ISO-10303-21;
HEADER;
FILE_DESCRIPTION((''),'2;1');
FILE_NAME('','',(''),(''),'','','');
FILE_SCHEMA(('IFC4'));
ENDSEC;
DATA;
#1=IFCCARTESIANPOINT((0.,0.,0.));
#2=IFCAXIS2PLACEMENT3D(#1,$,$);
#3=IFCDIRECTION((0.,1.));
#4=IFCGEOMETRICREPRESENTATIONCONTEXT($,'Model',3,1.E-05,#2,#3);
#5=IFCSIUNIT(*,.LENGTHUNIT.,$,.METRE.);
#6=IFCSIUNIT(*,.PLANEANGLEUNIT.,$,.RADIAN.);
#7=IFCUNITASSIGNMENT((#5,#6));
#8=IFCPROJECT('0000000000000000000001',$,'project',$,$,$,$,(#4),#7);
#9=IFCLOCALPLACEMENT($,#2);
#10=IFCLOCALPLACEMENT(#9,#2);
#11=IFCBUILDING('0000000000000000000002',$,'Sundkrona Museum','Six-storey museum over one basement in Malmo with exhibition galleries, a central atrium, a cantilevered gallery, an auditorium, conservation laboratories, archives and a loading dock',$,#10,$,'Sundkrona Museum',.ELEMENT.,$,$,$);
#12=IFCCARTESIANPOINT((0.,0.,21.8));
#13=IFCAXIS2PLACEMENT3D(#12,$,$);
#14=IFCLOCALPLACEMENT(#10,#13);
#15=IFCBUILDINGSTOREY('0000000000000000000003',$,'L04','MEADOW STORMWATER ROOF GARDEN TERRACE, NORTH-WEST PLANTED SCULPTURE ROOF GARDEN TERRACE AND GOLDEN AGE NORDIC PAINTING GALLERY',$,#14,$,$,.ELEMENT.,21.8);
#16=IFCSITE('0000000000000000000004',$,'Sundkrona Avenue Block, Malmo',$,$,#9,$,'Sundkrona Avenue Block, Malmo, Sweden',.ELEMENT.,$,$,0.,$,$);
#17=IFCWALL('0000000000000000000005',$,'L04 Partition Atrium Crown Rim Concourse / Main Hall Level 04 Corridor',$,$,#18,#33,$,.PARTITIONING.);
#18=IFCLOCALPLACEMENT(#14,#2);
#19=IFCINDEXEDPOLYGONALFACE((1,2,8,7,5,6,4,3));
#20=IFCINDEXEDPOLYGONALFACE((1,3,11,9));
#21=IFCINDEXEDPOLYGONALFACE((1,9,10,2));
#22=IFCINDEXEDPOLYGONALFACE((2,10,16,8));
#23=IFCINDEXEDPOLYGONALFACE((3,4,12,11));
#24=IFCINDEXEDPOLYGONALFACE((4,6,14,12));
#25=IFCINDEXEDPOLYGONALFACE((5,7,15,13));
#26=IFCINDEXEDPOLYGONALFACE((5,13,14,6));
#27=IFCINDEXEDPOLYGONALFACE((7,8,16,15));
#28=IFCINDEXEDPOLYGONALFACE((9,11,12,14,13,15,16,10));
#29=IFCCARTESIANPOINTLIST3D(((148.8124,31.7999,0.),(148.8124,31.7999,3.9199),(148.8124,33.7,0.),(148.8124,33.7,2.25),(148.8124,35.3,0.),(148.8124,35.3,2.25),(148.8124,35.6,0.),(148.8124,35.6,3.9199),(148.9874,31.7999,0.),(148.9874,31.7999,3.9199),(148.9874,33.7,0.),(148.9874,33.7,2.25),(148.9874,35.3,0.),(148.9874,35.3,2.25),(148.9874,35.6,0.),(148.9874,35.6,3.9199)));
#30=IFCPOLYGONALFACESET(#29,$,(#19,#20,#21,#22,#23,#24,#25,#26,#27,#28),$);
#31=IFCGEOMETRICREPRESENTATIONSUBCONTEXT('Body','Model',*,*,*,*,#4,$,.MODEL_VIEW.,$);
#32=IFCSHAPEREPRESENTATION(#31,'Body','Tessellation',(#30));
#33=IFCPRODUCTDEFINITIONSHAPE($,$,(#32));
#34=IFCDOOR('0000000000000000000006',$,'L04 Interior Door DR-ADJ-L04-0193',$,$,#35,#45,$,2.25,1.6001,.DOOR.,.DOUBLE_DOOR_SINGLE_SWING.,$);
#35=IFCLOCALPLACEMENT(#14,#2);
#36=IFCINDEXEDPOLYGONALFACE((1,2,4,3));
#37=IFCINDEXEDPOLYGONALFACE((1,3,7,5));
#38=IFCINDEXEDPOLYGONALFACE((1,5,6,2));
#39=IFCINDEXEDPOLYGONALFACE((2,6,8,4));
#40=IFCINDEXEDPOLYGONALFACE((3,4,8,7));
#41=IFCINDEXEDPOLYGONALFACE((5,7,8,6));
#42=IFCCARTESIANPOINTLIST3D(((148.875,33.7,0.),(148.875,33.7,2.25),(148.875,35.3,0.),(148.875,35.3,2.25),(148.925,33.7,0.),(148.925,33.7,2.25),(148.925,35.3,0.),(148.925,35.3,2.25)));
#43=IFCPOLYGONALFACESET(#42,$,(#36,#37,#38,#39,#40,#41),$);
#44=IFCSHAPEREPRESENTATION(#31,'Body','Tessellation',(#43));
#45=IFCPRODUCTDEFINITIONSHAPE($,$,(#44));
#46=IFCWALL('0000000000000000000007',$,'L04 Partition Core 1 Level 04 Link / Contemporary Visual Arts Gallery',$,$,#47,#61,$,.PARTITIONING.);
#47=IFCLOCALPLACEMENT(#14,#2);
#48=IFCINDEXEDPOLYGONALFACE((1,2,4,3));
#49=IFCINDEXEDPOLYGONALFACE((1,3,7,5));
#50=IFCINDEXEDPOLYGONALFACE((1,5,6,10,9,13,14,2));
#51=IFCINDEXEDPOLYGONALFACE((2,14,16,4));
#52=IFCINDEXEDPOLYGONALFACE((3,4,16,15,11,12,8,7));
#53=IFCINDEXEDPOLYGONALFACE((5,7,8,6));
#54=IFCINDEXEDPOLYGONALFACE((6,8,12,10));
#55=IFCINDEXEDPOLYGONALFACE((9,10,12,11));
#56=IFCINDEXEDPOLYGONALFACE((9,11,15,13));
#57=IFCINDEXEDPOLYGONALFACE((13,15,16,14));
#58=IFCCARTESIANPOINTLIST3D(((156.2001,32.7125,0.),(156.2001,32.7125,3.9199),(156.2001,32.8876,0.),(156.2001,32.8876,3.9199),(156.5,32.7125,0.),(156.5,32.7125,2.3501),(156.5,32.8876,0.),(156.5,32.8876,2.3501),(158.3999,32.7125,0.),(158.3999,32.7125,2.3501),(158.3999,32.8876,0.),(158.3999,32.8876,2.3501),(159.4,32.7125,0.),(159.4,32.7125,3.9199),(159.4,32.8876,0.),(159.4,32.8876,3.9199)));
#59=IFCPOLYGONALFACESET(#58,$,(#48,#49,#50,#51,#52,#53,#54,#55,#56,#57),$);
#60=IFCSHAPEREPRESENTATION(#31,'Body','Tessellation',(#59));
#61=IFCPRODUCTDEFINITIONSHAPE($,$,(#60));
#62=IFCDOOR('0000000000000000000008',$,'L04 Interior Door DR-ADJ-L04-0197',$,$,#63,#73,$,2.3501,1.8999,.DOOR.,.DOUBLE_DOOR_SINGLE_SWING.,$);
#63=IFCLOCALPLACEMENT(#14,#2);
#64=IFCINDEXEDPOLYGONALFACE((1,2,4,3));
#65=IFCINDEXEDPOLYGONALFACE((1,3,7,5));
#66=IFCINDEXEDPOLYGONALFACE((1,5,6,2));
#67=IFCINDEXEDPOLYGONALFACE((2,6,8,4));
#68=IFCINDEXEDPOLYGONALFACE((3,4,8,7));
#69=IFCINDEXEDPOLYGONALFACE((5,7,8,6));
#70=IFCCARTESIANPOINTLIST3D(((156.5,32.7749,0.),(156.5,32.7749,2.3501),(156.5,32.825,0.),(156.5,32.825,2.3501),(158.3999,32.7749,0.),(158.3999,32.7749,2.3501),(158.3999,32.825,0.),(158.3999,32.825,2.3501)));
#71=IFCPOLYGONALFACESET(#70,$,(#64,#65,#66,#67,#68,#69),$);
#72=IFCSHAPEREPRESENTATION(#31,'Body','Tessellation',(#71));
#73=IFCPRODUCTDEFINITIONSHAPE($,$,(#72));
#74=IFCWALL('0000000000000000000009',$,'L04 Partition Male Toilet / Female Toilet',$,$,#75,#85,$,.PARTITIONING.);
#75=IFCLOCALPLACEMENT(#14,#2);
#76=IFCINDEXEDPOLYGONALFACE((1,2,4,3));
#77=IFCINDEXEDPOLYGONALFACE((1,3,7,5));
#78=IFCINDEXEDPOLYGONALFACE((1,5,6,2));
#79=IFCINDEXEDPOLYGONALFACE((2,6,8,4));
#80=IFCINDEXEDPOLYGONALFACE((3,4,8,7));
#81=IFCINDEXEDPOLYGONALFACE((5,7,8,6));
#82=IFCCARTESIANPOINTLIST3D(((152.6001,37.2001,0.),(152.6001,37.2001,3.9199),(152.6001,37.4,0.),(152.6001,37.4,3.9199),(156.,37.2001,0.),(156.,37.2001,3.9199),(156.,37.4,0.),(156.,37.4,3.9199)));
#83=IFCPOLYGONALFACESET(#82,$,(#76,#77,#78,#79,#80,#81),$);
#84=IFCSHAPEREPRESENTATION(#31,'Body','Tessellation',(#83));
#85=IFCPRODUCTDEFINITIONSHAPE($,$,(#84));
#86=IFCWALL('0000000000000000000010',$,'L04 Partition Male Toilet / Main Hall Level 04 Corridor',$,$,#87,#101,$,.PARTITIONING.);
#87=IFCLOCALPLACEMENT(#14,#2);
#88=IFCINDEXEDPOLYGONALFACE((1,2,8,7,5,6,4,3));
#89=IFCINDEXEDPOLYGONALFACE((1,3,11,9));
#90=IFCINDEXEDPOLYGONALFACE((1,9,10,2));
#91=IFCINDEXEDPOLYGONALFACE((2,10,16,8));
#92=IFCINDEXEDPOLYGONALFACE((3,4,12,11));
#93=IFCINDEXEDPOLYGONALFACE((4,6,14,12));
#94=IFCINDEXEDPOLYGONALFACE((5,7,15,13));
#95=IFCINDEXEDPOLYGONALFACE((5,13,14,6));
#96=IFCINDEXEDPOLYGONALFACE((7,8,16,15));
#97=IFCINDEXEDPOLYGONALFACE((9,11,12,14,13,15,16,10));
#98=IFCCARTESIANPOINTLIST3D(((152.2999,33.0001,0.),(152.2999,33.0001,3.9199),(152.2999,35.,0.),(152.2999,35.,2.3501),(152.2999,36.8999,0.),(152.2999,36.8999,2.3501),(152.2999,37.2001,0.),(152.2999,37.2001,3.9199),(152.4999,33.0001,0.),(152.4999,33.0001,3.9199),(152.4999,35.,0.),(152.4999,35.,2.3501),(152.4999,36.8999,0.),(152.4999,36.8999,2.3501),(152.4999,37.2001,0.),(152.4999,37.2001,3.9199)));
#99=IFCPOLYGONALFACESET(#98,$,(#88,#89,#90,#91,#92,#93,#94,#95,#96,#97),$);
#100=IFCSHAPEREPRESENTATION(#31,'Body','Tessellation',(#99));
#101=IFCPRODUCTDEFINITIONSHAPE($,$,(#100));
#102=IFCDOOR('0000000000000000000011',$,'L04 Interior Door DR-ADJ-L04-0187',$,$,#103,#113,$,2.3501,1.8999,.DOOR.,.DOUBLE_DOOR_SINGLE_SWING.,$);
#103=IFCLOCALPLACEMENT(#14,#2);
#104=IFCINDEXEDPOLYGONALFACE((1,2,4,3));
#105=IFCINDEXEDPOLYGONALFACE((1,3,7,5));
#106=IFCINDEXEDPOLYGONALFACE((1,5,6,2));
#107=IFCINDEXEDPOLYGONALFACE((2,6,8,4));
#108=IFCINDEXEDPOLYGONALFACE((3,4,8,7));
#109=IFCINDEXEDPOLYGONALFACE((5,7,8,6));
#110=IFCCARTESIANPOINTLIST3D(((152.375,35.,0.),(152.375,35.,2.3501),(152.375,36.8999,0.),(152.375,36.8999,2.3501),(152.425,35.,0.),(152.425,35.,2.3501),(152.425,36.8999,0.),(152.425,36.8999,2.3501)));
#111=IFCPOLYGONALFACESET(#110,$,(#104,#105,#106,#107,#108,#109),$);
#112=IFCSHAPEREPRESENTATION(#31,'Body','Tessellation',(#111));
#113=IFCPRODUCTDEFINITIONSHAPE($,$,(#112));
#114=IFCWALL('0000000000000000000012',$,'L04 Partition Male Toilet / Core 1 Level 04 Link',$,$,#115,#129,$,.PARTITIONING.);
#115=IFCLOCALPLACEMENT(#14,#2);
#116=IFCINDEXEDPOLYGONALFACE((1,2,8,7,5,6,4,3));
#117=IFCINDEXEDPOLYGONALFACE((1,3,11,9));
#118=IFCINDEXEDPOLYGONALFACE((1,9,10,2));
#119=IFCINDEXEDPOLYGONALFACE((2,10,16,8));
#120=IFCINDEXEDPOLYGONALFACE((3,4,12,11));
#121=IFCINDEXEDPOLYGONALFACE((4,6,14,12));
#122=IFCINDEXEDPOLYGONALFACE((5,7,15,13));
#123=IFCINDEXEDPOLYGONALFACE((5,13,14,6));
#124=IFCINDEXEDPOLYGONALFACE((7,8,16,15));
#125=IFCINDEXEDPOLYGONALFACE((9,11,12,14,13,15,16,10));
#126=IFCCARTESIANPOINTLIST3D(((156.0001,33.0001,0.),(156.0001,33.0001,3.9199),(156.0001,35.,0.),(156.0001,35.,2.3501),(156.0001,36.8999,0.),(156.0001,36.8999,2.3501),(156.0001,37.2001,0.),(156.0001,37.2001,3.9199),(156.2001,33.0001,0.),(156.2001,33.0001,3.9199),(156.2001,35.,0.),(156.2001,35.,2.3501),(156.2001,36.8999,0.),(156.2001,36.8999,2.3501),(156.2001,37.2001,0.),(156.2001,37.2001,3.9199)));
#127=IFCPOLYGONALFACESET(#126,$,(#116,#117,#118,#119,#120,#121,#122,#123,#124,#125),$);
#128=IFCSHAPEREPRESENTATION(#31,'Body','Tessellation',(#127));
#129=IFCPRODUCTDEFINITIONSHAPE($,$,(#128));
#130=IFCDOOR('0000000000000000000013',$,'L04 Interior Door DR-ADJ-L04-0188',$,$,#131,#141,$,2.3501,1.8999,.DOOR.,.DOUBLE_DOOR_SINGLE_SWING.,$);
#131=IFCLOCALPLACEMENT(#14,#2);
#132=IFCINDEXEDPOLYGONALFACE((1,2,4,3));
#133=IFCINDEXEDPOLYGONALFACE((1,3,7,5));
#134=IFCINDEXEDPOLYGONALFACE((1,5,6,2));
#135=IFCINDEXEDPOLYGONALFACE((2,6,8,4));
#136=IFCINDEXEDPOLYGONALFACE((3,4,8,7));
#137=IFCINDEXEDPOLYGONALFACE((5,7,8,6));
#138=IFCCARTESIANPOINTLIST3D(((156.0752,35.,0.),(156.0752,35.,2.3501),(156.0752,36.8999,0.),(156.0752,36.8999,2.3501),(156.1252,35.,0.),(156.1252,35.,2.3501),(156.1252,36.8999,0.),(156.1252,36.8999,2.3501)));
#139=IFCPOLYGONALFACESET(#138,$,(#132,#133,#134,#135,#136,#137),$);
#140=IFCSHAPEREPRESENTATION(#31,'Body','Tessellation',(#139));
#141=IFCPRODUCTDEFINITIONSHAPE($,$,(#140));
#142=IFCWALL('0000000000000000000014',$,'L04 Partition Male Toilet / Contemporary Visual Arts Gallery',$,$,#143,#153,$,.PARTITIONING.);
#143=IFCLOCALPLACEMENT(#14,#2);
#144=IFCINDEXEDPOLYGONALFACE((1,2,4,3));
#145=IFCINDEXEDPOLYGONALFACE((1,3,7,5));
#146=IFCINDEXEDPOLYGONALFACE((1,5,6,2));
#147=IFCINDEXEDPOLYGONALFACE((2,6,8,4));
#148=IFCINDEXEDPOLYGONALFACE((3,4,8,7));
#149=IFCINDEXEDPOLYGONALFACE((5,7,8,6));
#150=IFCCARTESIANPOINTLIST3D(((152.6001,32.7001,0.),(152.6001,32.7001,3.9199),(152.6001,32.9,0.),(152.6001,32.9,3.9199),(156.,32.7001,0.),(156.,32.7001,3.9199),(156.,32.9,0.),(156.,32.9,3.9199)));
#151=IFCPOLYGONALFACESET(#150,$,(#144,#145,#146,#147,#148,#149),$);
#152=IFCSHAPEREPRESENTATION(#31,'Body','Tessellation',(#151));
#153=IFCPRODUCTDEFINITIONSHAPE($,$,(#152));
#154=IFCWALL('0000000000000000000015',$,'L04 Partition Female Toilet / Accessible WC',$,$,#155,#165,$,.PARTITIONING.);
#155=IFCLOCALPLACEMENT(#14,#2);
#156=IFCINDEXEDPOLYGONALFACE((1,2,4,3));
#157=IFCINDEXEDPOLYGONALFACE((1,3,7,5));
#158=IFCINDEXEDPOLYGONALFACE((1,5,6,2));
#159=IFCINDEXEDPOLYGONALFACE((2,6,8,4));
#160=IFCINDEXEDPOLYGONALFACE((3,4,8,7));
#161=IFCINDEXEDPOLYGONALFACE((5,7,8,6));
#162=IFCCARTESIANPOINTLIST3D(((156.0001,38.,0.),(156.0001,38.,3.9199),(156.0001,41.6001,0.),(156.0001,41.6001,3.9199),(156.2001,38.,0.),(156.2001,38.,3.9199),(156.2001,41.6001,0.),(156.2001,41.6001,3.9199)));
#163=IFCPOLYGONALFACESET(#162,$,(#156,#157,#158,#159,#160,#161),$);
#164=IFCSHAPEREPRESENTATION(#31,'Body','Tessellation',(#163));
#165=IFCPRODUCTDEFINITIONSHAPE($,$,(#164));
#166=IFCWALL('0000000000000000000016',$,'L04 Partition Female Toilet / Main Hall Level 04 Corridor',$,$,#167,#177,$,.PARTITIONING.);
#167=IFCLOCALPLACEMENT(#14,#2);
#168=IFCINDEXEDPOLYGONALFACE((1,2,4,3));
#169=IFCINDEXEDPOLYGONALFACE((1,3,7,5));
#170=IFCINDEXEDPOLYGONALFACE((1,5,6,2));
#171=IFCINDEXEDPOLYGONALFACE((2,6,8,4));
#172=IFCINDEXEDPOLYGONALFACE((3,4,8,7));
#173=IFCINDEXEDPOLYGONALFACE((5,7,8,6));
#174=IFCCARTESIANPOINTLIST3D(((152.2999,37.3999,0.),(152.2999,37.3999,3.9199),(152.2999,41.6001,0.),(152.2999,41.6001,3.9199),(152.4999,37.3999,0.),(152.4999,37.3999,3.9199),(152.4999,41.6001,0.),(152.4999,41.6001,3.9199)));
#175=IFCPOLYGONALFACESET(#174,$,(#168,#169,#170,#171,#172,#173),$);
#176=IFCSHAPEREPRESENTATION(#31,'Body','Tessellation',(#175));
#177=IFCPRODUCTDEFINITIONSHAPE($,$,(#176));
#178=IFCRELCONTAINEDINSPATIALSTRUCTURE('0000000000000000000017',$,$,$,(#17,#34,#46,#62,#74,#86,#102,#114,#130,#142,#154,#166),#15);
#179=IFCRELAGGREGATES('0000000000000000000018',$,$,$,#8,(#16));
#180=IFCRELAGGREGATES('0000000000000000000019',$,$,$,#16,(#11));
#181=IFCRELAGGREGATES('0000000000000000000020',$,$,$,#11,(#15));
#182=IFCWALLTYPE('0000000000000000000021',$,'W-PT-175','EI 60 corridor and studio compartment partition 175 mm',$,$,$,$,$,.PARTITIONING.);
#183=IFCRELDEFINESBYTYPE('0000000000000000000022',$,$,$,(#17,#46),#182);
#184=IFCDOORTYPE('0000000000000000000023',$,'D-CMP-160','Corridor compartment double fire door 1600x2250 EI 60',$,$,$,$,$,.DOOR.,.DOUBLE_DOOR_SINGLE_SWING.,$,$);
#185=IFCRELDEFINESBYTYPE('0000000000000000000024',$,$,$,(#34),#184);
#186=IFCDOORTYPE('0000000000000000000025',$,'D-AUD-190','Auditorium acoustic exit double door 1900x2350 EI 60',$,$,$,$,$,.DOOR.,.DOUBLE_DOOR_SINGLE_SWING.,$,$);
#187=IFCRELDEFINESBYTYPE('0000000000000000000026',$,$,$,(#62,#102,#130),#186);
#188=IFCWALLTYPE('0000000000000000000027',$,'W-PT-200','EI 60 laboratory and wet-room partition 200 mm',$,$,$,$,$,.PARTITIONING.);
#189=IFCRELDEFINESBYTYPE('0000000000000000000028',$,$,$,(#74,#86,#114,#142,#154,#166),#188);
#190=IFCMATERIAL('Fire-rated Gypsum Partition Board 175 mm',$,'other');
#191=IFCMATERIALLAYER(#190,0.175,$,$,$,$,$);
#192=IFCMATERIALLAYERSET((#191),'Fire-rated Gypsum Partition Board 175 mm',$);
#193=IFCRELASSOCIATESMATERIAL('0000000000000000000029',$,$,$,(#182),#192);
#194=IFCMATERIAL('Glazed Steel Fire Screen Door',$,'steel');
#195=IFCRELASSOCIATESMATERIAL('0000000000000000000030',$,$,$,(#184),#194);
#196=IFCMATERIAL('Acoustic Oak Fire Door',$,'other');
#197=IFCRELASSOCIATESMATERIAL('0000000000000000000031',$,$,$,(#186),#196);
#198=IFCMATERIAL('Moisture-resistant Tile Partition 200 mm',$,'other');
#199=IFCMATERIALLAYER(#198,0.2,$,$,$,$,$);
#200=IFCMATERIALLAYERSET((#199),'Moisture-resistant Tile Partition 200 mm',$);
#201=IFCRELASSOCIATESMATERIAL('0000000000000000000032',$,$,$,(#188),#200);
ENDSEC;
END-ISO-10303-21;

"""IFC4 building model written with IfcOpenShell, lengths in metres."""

from ifc_helpers import new_model, si_unit, direction, frame, frame_2d, origin, place, context, subcontext, project, spatial, rectangle, extrude, material, layer, layer_set, type_object, element, fill, save


model = new_model("IFC4")

# Units and contexts
model_context = context("Model", 3, precision=1e-05, world=origin(), true_north=direction((0.0, 1.0)))
body_context = subcontext(model_context, "Body", "Model", "MODEL_VIEW")
ifc_project = project(units=[si_unit("LENGTHUNIT", "METRE"), si_unit("PLANEANGLEUNIT", "RADIAN")], contexts=[model_context])

# Site, building, storey
site_placement = place(None, origin())
site = spatial("IfcSite", under=ifc_project, at=site_placement, Name="Sundkrona Avenue Block, Malmo", LongName="Sundkrona Avenue Block, Malmo, Sweden", CompositionType="ELEMENT", RefElevation=0.0)
building_placement = place(site_placement, origin())
building = spatial("IfcBuilding", under=site, at=building_placement, Name="Sundkrona Museum", Description="Six-storey museum over one basement in Malmo with exhibition galleries, a central atrium, a cantilevered gallery, an auditorium, conservation laboratories, archives and a loading dock", LongName="Sundkrona Museum", CompositionType="ELEMENT")
storey_placement = place(building_placement, frame((0.0, 0.0, 21.8)))
storey = spatial("IfcBuildingStorey", under=building, at=storey_placement, Name="L04", Description="MEADOW STORMWATER ROOF GARDEN TERRACE, NORTH-WEST PLANTED SCULPTURE ROOF GARDEN TERRACE AND GOLDEN AGE NORDIC PAINTING GALLERY", CompositionType="ELEMENT", Elevation=21.8)

# Walls, openings, doors
ifc_material_1 = material(Name="Fire-rated Gypsum Partition Board 175 mm", Category="other")
ifc_layer_1 = layer(ifc_material_1, 0.175)
ifc_layer_set_1 = layer_set([ifc_layer_1], Name="Fire-rated Gypsum Partition Board 175 mm")
wall_type_1 = type_object("IfcWallType", Name="W-PT-175", Description="EI 60 corridor and studio compartment partition 175 mm", PredefinedType="PARTITIONING", material=ifc_layer_set_1)
ifc_material_2 = material(Name="Glazed Steel Fire Screen Door", Category="steel")
door_type_1 = type_object("IfcDoorType", Name="D-CMP-160", Description="Corridor compartment double fire door 1600x2250 EI 60", OperationType="DOUBLE_DOOR_SINGLE_SWING", PredefinedType="DOOR", material=ifc_material_2)
wall_1_placement = place(storey_placement, frame((148.8999, 31.8, 0.0), z_axis=(0.0, 0.0, 1.0), x_axis=(0.0, 1.0, 0.0)))
wall_1 = element("IfcWall", 1, at=wall_1_placement, inside=storey, type_object=wall_type_1, Name="L04 Partition Atrium Crown Rim Concourse / Main Hall Level 04 Corridor", PredefinedType="PARTITIONING", context=body_context, shape_type="SweptSolid", body=[
    extrude(rectangle(XDim=3.8, YDim=0.175, at=frame_2d((1.8999, 0.0))), origin(), (0.0, 0.0, 1.0), 3.9199),
])
opening_1_placement = place(wall_1_placement, frame((1.8999, 0.0, 0.0)))
opening_1 = element("IfcOpeningElement", 2, at=opening_1_placement, cuts=wall_1, PredefinedType="OPENING", context=body_context, shape_type="SweptSolid", body=[
    extrude(rectangle(XDim=1.6001, YDim=2.25, at=frame_2d((0.8, 1.125))), frame((0.0, 0.0974, 0.0), z_axis=(0.0, -1.0, 0.0), x_axis=(1.0, 0.0, 0.0)), (0.0, 0.0, 1.0), 0.1951),
])
door_1_placement = place(opening_1_placement, origin())
door_1 = element("IfcDoor", 3, at=door_1_placement, inside=storey, type_object=door_type_1, Name="L04 Interior Door DR-ADJ-L04-0193", OperationType="DOUBLE_DOOR_SINGLE_SWING", OverallHeight=2.25, OverallWidth=1.6001, PredefinedType="DOOR", context=body_context, shape_type="SweptSolid", body=[
    extrude(rectangle(XDim=1.6001, YDim=2.25, at=frame_2d((0.8, 1.125))), frame((0.0, 0.0249, 0.0), z_axis=(0.0, -1.0, 0.0), x_axis=(1.0, 0.0, 0.0)), (0.0, 0.0, 1.0), 0.05),
])
fill(opening_1, door_1)
wall_2_placement = place(storey_placement, frame((156.2, 32.8, 0.0), z_axis=(0.0, 0.0, 1.0), x_axis=(1.0, 0.0, 0.0)))
wall_2 = element("IfcWall", 4, at=wall_2_placement, inside=storey, type_object=wall_type_1, Name="L04 Partition Core 1 Level 04 Link / Contemporary Visual Arts Gallery", PredefinedType="PARTITIONING", context=body_context, shape_type="SweptSolid", body=[
    extrude(rectangle(XDim=3.2, YDim=0.175, at=frame_2d((1.6001, 0.0))), origin(), (0.0, 0.0, 1.0), 3.9199),
])
opening_2_placement = place(wall_2_placement, frame((0.3, 0.0, 0.0)))
opening_2 = element("IfcOpeningElement", 5, at=opening_2_placement, cuts=wall_2, PredefinedType="OPENING", context=body_context, shape_type="SweptSolid", body=[
    extrude(rectangle(XDim=1.8999, YDim=2.3501, at=frame_2d((0.95, 1.175))), frame((0.0, 0.0974, 0.0), z_axis=(0.0, -1.0, 0.0), x_axis=(1.0, 0.0, 0.0)), (0.0, 0.0, 1.0), 0.1951),
])
ifc_material_3 = material(Name="Acoustic Oak Fire Door", Category="other")
door_type_2 = type_object("IfcDoorType", Name="D-AUD-190", Description="Auditorium acoustic exit double door 1900x2350 EI 60", OperationType="DOUBLE_DOOR_SINGLE_SWING", PredefinedType="DOOR", material=ifc_material_3)
door_2_placement = place(opening_2_placement, origin())
door_2 = element("IfcDoor", 6, at=door_2_placement, inside=storey, type_object=door_type_2, Name="L04 Interior Door DR-ADJ-L04-0197", OperationType="DOUBLE_DOOR_SINGLE_SWING", OverallHeight=2.3501, OverallWidth=1.8999, PredefinedType="DOOR", context=body_context, shape_type="SweptSolid", body=[
    extrude(rectangle(XDim=1.8999, YDim=2.3501, at=frame_2d((0.95, 1.175))), frame((0.0, 0.0249, 0.0), z_axis=(0.0, -1.0, 0.0), x_axis=(1.0, 0.0, 0.0)), (0.0, 0.0, 1.0), 0.05),
])
fill(opening_2, door_2)

# Wall
ifc_material_4 = material(Name="Moisture-resistant Tile Partition 200 mm", Category="other")
ifc_layer_2 = layer(ifc_material_4, 0.2)
ifc_layer_set_2 = layer_set([ifc_layer_2], Name="Moisture-resistant Tile Partition 200 mm")
wall_type_2 = type_object("IfcWallType", Name="W-PT-200", Description="EI 60 laboratory and wet-room partition 200 mm", PredefinedType="PARTITIONING", material=ifc_layer_set_2)
wall_3_placement = place(storey_placement, frame((152.6001, 37.3, 0.0), z_axis=(0.0, 0.0, 1.0), x_axis=(1.0, 0.0, 0.0)))
element("IfcWall", 7, at=wall_3_placement, inside=storey, type_object=wall_type_2, Name="L04 Partition Male Toilet / Female Toilet", PredefinedType="PARTITIONING", context=body_context, shape_type="SweptSolid", body=[
    extrude(rectangle(XDim=3.3999, YDim=0.2, at=frame_2d((1.7, 0.0))), origin(), (0.0, 0.0, 1.0), 3.9199),
])

# Walls, openings, doors
wall_4_placement = place(storey_placement, frame((152.3999, 33.0, 0.0), z_axis=(0.0, 0.0, 1.0), x_axis=(0.0, 1.0, 0.0)))
wall_4 = element("IfcWall", 8, at=wall_4_placement, inside=storey, type_object=wall_type_2, Name="L04 Partition Male Toilet / Main Hall Level 04 Corridor", PredefinedType="PARTITIONING", context=body_context, shape_type="SweptSolid", body=[
    extrude(rectangle(XDim=4.2, YDim=0.2, at=frame_2d((2.1001, 0.0))), origin(), (0.0, 0.0, 1.0), 3.9199),
])
opening_3_placement = place(wall_4_placement, frame((2.0, 0.0, 0.0)))
opening_3 = element("IfcOpeningElement", 9, at=opening_3_placement, cuts=wall_4, PredefinedType="OPENING", context=body_context, shape_type="SweptSolid", body=[
    extrude(rectangle(XDim=1.8999, YDim=2.3501, at=frame_2d((0.95, 1.175))), frame((0.0, 0.1099, 0.0), z_axis=(0.0, -1.0, 0.0), x_axis=(1.0, 0.0, 0.0)), (0.0, 0.0, 1.0), 0.22),
])
door_3_placement = place(opening_3_placement, origin())
door_3 = element("IfcDoor", 10, at=door_3_placement, inside=storey, type_object=door_type_2, Name="L04 Interior Door DR-ADJ-L04-0187", OperationType="DOUBLE_DOOR_SINGLE_SWING", OverallHeight=2.3501, OverallWidth=1.8999, PredefinedType="DOOR", context=body_context, shape_type="SweptSolid", body=[
    extrude(rectangle(XDim=1.8999, YDim=2.3501, at=frame_2d((0.95, 1.175))), frame((0.0, 0.0249, 0.0), z_axis=(0.0, -1.0, 0.0), x_axis=(1.0, 0.0, 0.0)), (0.0, 0.0, 1.0), 0.05),
])
fill(opening_3, door_3)
wall_5_placement = place(storey_placement, frame((156.1001, 33.0, 0.0), z_axis=(0.0, 0.0, 1.0), x_axis=(0.0, 1.0, 0.0)))
wall_5 = element("IfcWall", 11, at=wall_5_placement, inside=storey, type_object=wall_type_2, Name="L04 Partition Male Toilet / Core 1 Level 04 Link", PredefinedType="PARTITIONING", context=body_context, shape_type="SweptSolid", body=[
    extrude(rectangle(XDim=4.2, YDim=0.2, at=frame_2d((2.1001, 0.0))), origin(), (0.0, 0.0, 1.0), 3.9199),
])
opening_4_placement = place(wall_5_placement, frame((2.0, 0.0, 0.0)))
opening_4 = element("IfcOpeningElement", 12, at=opening_4_placement, cuts=wall_5, PredefinedType="OPENING", context=body_context, shape_type="SweptSolid", body=[
    extrude(rectangle(XDim=1.8999, YDim=2.3501, at=frame_2d((0.95, 1.175))), frame((0.0, 0.1099, 0.0), z_axis=(0.0, -1.0, 0.0), x_axis=(1.0, 0.0, 0.0)), (0.0, 0.0, 1.0), 0.22),
])
door_4_placement = place(opening_4_placement, origin())
door_4 = element("IfcDoor", 13, at=door_4_placement, inside=storey, type_object=door_type_2, Name="L04 Interior Door DR-ADJ-L04-0188", OperationType="DOUBLE_DOOR_SINGLE_SWING", OverallHeight=2.3501, OverallWidth=1.8999, PredefinedType="DOOR", context=body_context, shape_type="SweptSolid", body=[
    extrude(rectangle(XDim=1.8999, YDim=2.3501, at=frame_2d((0.95, 1.175))), frame((0.0, 0.0249, 0.0), z_axis=(0.0, -1.0, 0.0), x_axis=(1.0, 0.0, 0.0)), (0.0, 0.0, 1.0), 0.05),
])
fill(opening_4, door_4)

# Walls
wall_6_placement = place(storey_placement, frame((152.6001, 32.8, 0.0), z_axis=(0.0, 0.0, 1.0), x_axis=(1.0, 0.0, 0.0)))
element("IfcWall", 14, at=wall_6_placement, inside=storey, type_object=wall_type_2, Name="L04 Partition Male Toilet / Contemporary Visual Arts Gallery", PredefinedType="PARTITIONING", context=body_context, shape_type="SweptSolid", body=[
    extrude(rectangle(XDim=3.3999, YDim=0.2, at=frame_2d((1.7, 0.0))), origin(), (0.0, 0.0, 1.0), 3.9199),
])
wall_7_placement = place(storey_placement, frame((156.1001, 38.0, 0.0), z_axis=(0.0, 0.0, 1.0), x_axis=(0.0, 1.0, 0.0)))
element("IfcWall", 15, at=wall_7_placement, inside=storey, type_object=wall_type_2, Name="L04 Partition Female Toilet / Accessible WC", PredefinedType="PARTITIONING", context=body_context, shape_type="SweptSolid", body=[
    extrude(rectangle(XDim=3.6001, YDim=0.2, at=frame_2d((1.8, 0.0))), origin(), (0.0, 0.0, 1.0), 3.9199),
])
wall_8_placement = place(storey_placement, frame((152.3999, 37.3999, 0.0), z_axis=(0.0, 0.0, 1.0), x_axis=(0.0, 1.0, 0.0)))
element("IfcWall", 16, at=wall_8_placement, inside=storey, type_object=wall_type_2, Name="L04 Partition Female Toilet / Main Hall Level 04 Corridor", PredefinedType="PARTITIONING", context=body_context, shape_type="SweptSolid", body=[
    extrude(rectangle(XDim=4.2002, YDim=0.2, at=frame_2d((2.1001, 0.0))), origin(), (0.0, 0.0, 1.0), 3.9199),
])

save(model, "model.ifc")
